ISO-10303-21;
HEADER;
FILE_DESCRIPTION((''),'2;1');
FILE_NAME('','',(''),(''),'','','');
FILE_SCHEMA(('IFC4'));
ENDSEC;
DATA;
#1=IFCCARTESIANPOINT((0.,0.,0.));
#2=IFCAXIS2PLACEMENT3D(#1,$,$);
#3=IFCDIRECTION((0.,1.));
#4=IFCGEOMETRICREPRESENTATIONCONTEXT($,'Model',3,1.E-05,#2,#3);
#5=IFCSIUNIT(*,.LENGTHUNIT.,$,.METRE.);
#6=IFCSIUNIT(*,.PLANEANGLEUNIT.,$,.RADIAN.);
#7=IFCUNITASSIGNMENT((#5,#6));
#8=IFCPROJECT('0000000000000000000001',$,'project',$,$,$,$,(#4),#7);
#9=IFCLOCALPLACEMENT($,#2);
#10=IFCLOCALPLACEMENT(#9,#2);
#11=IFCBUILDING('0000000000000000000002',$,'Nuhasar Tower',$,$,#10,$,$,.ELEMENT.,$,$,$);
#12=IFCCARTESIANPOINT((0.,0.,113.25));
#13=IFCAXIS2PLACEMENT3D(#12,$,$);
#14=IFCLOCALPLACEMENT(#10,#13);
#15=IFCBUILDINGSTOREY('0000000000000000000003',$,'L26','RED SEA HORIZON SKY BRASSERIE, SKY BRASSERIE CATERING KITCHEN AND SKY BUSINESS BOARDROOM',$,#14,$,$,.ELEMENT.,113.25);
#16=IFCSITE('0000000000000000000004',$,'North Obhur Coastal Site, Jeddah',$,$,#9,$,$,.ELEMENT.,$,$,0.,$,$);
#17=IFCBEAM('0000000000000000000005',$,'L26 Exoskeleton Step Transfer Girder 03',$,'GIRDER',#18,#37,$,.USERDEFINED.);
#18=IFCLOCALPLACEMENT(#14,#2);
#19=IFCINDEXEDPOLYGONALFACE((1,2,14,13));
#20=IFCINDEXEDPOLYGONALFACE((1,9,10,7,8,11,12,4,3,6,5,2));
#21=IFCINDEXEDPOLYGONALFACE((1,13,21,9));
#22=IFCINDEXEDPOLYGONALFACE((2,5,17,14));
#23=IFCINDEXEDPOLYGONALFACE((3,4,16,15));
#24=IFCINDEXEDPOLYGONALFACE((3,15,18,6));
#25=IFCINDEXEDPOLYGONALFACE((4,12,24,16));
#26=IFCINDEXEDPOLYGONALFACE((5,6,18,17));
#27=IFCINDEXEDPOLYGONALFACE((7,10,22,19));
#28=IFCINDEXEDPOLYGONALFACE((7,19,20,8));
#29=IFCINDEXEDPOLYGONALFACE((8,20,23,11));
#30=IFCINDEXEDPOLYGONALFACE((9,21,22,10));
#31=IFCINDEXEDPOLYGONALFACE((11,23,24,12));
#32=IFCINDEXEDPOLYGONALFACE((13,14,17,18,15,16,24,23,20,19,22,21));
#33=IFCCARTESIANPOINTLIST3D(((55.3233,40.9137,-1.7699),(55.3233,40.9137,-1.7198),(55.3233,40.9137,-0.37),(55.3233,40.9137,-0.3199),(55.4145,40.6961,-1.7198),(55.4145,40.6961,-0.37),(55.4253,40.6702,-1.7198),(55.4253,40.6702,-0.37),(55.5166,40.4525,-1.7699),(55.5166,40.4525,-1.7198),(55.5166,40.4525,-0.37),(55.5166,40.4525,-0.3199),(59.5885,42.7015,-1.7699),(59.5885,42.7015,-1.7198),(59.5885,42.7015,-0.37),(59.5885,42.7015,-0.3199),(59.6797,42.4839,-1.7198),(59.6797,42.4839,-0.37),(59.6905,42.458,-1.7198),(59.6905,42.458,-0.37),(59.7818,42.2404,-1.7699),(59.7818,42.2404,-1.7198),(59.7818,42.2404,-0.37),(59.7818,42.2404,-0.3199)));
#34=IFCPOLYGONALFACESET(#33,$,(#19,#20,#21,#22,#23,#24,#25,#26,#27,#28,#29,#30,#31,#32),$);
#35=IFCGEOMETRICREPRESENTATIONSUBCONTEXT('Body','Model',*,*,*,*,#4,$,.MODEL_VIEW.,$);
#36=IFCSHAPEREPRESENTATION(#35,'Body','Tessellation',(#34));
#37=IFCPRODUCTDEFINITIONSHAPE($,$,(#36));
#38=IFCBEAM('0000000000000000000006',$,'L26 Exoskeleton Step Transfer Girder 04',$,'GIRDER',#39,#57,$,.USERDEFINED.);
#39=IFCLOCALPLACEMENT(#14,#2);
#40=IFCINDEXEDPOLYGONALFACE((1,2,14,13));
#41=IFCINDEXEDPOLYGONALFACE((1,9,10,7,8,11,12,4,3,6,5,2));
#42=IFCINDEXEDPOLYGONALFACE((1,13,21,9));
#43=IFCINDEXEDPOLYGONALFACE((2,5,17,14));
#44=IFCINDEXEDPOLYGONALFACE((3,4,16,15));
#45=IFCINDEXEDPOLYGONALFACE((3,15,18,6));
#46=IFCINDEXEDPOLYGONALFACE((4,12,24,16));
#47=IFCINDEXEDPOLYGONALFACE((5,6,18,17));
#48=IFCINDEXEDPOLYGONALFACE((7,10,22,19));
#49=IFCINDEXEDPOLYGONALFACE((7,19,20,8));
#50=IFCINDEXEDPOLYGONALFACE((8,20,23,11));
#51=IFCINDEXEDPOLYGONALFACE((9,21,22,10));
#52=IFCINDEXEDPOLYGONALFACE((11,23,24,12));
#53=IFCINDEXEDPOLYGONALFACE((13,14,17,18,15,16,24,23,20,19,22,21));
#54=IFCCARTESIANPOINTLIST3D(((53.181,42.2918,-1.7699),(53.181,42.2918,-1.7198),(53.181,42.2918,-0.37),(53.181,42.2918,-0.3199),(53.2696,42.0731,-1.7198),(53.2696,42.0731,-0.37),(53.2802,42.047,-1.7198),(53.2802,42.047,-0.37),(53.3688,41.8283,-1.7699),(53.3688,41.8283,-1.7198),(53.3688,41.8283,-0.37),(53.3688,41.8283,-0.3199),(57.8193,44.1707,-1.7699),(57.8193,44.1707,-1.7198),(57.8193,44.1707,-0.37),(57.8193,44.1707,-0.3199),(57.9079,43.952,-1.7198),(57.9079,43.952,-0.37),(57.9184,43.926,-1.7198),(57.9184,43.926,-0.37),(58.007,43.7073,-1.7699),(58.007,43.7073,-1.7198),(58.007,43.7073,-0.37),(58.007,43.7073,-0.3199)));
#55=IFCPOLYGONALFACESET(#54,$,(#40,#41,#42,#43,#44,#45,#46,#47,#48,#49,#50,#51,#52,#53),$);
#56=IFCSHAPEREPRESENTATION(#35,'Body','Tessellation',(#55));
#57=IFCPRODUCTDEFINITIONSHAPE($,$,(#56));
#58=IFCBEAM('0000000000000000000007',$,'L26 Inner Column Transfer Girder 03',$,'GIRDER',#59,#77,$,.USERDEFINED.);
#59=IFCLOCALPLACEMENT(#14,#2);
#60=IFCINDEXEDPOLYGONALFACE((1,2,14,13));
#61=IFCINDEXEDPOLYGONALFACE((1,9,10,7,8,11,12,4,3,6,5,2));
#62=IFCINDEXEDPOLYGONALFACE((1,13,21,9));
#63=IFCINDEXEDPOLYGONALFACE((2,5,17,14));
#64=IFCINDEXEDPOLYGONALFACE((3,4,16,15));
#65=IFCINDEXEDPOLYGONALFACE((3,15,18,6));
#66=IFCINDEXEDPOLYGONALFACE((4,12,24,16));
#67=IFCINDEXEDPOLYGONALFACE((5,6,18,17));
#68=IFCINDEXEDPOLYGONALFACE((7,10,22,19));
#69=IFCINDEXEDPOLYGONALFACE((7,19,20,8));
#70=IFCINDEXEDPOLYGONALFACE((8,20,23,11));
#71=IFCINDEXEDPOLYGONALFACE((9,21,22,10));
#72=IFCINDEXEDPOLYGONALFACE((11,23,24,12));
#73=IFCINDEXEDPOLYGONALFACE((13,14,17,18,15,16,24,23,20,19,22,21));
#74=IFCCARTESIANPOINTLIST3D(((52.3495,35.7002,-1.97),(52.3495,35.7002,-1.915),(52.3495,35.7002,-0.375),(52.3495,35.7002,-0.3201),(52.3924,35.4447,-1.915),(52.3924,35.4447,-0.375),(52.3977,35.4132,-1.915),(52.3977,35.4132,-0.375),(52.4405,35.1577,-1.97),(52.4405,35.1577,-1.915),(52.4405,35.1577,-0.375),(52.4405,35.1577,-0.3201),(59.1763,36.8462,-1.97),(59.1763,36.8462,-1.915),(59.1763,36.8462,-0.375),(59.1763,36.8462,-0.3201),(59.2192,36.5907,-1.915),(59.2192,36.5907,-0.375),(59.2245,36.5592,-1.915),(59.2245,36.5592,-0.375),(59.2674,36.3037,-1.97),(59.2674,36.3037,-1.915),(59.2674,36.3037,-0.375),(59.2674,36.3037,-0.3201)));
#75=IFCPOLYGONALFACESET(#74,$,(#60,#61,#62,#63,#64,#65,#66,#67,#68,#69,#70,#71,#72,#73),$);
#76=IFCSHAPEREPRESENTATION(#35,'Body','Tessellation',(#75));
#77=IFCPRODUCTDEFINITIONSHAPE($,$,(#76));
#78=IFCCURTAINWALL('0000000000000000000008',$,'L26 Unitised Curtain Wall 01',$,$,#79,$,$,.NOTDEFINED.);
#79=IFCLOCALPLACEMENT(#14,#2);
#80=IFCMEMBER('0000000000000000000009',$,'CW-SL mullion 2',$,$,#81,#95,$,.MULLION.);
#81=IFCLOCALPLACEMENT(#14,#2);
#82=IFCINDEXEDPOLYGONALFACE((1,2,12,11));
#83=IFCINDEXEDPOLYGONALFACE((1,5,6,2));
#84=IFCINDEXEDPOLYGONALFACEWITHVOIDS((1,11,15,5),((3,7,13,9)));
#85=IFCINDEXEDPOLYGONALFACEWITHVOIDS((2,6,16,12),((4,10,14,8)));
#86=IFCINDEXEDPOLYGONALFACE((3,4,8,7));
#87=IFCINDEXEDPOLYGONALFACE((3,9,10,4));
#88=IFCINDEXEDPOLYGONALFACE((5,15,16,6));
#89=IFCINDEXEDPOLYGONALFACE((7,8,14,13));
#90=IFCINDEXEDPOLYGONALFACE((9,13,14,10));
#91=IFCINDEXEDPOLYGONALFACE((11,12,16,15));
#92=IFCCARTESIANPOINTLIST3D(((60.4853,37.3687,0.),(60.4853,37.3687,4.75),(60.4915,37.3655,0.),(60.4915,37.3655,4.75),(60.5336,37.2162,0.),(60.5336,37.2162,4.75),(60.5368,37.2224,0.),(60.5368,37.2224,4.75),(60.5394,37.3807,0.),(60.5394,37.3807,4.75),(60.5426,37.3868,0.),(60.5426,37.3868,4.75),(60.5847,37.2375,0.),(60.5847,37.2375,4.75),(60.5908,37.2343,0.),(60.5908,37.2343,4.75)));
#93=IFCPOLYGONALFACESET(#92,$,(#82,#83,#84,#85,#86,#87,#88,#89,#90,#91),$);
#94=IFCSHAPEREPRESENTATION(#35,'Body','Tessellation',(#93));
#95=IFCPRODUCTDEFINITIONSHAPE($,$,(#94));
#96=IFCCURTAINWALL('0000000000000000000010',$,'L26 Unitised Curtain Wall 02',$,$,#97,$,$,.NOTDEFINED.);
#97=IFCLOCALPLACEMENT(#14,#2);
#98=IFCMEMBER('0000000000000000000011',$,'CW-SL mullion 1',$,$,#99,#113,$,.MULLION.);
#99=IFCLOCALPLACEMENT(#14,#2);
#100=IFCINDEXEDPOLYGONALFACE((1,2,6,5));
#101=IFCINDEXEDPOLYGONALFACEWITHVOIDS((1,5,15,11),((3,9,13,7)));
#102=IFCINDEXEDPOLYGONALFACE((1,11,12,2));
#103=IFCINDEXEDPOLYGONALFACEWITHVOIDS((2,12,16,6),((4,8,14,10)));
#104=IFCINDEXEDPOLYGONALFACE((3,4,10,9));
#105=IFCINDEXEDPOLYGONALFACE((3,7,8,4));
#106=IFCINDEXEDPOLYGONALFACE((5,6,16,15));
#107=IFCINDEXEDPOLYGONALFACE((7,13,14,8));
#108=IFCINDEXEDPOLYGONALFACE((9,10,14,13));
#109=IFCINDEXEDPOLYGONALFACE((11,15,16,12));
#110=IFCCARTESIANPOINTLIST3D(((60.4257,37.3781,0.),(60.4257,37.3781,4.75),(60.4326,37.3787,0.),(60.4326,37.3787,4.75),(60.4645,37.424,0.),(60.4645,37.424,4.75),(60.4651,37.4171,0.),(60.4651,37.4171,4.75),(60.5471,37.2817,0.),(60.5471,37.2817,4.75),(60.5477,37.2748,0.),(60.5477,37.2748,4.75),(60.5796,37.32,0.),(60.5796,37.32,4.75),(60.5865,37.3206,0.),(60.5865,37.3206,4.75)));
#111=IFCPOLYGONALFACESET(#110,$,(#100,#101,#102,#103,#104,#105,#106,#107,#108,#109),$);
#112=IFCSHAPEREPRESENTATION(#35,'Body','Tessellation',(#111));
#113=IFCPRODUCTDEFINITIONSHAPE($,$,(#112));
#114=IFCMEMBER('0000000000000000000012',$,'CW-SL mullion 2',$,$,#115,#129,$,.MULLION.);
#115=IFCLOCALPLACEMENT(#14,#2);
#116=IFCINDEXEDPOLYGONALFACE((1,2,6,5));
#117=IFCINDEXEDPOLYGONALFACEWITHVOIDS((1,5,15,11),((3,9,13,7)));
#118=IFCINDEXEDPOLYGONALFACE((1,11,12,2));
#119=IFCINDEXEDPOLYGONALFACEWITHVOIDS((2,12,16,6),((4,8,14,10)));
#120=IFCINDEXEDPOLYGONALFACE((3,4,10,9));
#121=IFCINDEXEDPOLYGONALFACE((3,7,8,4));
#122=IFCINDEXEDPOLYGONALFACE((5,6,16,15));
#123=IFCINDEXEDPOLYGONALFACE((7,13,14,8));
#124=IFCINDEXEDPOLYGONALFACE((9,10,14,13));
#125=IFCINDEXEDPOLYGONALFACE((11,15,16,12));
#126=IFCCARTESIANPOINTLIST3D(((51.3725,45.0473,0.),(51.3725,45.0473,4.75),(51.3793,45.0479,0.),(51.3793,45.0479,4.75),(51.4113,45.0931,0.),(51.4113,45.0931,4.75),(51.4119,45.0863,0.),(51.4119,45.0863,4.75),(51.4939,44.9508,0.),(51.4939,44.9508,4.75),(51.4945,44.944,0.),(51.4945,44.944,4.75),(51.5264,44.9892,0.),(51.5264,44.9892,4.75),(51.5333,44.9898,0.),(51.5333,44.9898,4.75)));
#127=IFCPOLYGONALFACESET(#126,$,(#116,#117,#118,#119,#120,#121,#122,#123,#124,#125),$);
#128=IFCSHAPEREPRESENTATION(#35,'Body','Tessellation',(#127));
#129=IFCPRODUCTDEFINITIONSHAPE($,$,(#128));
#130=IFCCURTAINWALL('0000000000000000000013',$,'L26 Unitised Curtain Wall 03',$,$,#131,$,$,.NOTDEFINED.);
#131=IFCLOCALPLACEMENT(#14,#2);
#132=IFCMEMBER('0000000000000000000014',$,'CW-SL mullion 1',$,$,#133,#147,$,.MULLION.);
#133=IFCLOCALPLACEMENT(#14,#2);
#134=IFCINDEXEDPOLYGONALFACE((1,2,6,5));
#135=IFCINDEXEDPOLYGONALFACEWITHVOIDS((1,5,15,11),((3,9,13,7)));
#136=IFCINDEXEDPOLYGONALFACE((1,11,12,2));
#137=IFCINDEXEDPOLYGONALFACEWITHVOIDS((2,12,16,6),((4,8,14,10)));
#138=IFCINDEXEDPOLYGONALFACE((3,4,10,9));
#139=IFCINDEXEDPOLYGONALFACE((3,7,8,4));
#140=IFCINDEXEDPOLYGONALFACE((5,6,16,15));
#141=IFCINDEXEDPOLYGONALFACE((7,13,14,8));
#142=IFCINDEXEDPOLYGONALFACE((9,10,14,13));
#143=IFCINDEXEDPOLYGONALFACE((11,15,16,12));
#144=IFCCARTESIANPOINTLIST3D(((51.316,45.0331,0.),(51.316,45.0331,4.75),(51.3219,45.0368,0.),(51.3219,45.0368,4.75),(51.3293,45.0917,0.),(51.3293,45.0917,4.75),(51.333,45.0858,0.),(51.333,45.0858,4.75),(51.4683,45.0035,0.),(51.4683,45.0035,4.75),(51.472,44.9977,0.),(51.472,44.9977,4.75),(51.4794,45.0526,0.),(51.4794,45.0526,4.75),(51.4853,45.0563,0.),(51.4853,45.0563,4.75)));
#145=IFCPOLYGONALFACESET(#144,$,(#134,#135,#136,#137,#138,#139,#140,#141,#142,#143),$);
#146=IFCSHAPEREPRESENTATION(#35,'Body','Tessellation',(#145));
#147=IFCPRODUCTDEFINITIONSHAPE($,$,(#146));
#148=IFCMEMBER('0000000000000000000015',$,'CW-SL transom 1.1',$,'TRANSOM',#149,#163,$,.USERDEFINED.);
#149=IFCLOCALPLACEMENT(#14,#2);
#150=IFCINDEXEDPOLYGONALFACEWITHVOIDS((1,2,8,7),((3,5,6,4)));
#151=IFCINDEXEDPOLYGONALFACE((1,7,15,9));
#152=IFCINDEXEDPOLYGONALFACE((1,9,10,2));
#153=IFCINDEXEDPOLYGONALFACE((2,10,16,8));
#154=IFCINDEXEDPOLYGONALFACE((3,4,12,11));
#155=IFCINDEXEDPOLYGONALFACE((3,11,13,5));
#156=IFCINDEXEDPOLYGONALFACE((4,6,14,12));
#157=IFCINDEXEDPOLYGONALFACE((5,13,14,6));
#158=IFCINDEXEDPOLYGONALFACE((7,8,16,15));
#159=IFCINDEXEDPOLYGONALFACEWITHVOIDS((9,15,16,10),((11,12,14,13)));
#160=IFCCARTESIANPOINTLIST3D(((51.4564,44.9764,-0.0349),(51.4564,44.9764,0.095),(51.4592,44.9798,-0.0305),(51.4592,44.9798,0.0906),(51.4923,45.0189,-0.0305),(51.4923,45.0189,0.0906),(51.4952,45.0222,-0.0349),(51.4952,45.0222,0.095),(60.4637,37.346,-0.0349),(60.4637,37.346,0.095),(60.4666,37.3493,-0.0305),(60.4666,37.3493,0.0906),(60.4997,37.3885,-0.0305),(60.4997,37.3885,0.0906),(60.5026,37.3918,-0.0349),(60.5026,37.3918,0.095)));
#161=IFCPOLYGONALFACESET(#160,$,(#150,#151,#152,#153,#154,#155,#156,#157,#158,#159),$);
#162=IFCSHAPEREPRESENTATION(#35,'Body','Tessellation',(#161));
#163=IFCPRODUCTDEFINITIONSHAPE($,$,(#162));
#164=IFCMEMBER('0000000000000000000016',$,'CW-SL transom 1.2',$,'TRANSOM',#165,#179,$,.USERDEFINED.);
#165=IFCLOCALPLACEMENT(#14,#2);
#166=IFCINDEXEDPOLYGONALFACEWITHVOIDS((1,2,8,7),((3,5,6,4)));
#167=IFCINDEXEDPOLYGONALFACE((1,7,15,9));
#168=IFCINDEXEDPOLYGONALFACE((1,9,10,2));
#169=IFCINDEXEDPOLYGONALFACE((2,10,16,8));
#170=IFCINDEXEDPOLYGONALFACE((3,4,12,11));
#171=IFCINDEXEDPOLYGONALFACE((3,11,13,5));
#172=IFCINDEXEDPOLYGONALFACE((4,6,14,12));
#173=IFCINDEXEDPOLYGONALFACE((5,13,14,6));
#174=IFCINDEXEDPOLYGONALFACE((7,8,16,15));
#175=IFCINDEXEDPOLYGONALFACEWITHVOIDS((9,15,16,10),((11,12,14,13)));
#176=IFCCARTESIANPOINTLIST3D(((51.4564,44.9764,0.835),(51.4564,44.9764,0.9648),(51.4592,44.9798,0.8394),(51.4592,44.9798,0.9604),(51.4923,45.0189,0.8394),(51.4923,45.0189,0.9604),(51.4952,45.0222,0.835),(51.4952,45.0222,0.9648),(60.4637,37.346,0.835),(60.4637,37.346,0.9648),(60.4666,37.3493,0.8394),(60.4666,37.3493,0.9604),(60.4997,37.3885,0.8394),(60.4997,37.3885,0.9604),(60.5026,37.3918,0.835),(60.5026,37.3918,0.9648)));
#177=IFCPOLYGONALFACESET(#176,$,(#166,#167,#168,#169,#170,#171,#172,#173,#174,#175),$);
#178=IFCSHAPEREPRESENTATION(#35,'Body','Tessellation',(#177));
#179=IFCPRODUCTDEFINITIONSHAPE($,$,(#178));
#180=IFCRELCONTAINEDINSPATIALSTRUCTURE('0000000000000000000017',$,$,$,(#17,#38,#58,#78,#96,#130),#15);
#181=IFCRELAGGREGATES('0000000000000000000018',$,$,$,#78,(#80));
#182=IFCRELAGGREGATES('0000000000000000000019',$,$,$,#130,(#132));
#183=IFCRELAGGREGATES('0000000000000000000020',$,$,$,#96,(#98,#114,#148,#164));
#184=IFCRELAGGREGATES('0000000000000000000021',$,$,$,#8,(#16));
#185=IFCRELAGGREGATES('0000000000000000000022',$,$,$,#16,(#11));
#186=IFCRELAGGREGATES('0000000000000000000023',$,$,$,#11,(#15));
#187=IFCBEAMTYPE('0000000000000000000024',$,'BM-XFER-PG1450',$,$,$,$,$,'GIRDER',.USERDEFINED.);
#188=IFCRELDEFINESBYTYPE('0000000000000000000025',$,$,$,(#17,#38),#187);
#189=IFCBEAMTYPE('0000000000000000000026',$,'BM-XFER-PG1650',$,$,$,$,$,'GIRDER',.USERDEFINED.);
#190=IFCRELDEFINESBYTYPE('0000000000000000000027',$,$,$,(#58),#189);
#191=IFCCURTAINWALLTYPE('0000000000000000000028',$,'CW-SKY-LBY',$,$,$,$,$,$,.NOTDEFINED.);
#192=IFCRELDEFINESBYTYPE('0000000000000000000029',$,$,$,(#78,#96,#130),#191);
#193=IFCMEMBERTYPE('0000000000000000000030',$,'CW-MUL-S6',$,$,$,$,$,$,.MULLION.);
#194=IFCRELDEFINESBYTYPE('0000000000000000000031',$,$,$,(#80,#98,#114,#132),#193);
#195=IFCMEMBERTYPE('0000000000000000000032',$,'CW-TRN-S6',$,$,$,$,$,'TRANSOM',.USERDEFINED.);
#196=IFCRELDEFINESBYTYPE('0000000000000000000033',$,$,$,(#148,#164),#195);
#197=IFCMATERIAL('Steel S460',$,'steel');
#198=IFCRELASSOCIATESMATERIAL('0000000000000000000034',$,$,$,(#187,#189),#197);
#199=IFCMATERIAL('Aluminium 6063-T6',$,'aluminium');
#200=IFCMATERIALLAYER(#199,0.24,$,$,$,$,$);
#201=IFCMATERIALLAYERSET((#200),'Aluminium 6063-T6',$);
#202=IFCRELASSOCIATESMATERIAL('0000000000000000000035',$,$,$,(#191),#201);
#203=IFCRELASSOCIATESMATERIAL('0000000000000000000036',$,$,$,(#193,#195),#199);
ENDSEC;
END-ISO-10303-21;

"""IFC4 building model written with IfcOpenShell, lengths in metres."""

from ifc_helpers import new_model, si_unit, direction, frame, origin, origin_2d, place, context, subcontext, project, spatial, hollow_rectangle, i_section, extrude, material, layer, layer_set, material_profile, profile_set, type_object, element, aggregate, save


model = new_model("IFC4")

# Units and contexts
model_context = context("Model", 3, precision=1e-05, world=origin(), true_north=direction((0.0, 1.0)))
body_context = subcontext(model_context, "Body", "Model", "MODEL_VIEW")
ifc_project = project(units=[si_unit("LENGTHUNIT", "METRE"), si_unit("PLANEANGLEUNIT", "RADIAN")], contexts=[model_context])

# Site, building, storey
site_placement = place(None, origin())
site = spatial("IfcSite", under=ifc_project, at=site_placement, Name="North Obhur Coastal Site, Jeddah", CompositionType="ELEMENT", RefElevation=0.0)
building_placement = place(site_placement, origin())
building = spatial("IfcBuilding", under=site, at=building_placement, Name="Nuhasar Tower", CompositionType="ELEMENT")
storey_placement = place(building_placement, frame((0.0, 0.0, 113.25)))
storey = spatial("IfcBuildingStorey", under=building, at=storey_placement, Name="L26", Description="RED SEA HORIZON SKY BRASSERIE, SKY BRASSERIE CATERING KITCHEN AND SKY BUSINESS BOARDROOM", CompositionType="ELEMENT", Elevation=113.25)

# Beams
ifc_material_1 = material(Name="Steel S460", Category="steel")
ifc_material_profile_1 = material_profile(ifc_material_1, i_section(OverallWidth=0.5, OverallDepth=1.45, WebThickness=0.0281, FlangeThickness=0.05, at=origin_2d()), Name="PG1450X500")
ifc_profile_set_1 = profile_set([ifc_material_profile_1], Name="Steel S460")
beam_type_1 = type_object("IfcBeamType", Name="BM-XFER-PG1450", ElementType="GIRDER", PredefinedType="USERDEFINED", material=ifc_profile_set_1)
beam_1_placement = place(storey_placement, frame((55.4199, 40.6831, -1.0449), z_axis=(0.922253, 0.386586, 0.0), x_axis=(-0.386586, 0.922253, 0.0)))
element("IfcBeam", 1, at=beam_1_placement, inside=storey, type_object=beam_type_1, Name="L26 Exoskeleton Step Transfer Girder 03", ObjectType="GIRDER", PredefinedType="USERDEFINED", context=body_context, shape_type="SweptSolid", body=[
    extrude(i_section(OverallWidth=0.5, OverallDepth=1.45, WebThickness=0.0281, FlangeThickness=0.05, at=origin_2d()), origin(), (0.0, 0.0, 1.0), 4.6248),
])
beam_2_placement = place(storey_placement, frame((53.2749, 42.0601, -1.0449), z_axis=(0.926839, 0.375458, 0.0), x_axis=(-0.375458, 0.926839, 0.0)))
element("IfcBeam", 2, at=beam_2_placement, inside=storey, type_object=beam_type_1, Name="L26 Exoskeleton Step Transfer Girder 04", ObjectType="GIRDER", PredefinedType="USERDEFINED", context=body_context, shape_type="SweptSolid", body=[
    extrude(i_section(OverallWidth=0.5, OverallDepth=1.45, WebThickness=0.0281, FlangeThickness=0.05, at=origin_2d()), origin(), (0.0, 0.0, 1.0), 5.0044),
])
ifc_material_profile_2 = material_profile(ifc_material_1, i_section(OverallWidth=0.55, OverallDepth=1.6499, WebThickness=0.032, FlangeThickness=0.0549, at=origin_2d()), Name="PG1650X550")
ifc_profile_set_2 = profile_set([ifc_material_profile_2], Name="Steel S460")
beam_type_2 = type_object("IfcBeamType", Name="BM-XFER-PG1650", ElementType="GIRDER", PredefinedType="USERDEFINED", material=ifc_profile_set_2)
beam_3_placement = place(storey_placement, frame((52.395, 35.429, -1.145), z_axis=(0.986202, 0.165548, 0.0), x_axis=(-0.165548, 0.986202, 0.0)))
element("IfcBeam", 3, at=beam_3_placement, inside=storey, type_object=beam_type_2, Name="L26 Inner Column Transfer Girder 03", ObjectType="GIRDER", PredefinedType="USERDEFINED", context=body_context, shape_type="SweptSolid", body=[
    extrude(i_section(OverallWidth=0.55, OverallDepth=1.6499, WebThickness=0.032, FlangeThickness=0.0549, at=origin_2d()), origin(), (0.0, 0.0, 1.0), 6.9224),
])

# Curtain wall, member
ifc_material_2 = material(Name="Aluminium 6063-T6", Category="aluminium")
ifc_layer_1 = layer(ifc_material_2, 0.24)
ifc_layer_set_1 = layer_set([ifc_layer_1], Name="Aluminium 6063-T6")
curtain_wall_type = type_object("IfcCurtainWallType", Name="CW-SKY-LBY", PredefinedType="NOTDEFINED", material=ifc_layer_set_1)
curtain_wall_1_placement = place(storey_placement, origin())
curtain_wall_1 = element("IfcCurtainWall", 4, at=curtain_wall_1_placement, inside=storey, type_object=curtain_wall_type, Name="L26 Unitised Curtain Wall 01", PredefinedType="NOTDEFINED")
ifc_material_profile_3 = material_profile(ifc_material_2, hollow_rectangle(XDim=0.0601, YDim=0.1599, WallThickness=0.0049, at=origin_2d()), Name="CWM-6")
ifc_profile_set_3 = profile_set([ifc_material_profile_3], Name="Aluminium 6063-T6")
member_type_1 = type_object("IfcMemberType", Name="CW-MUL-S6", PredefinedType="MULLION", material=ifc_profile_set_3)
member_1_placement = place(storey_placement, frame((60.5381, 37.3015, 0.0), z_axis=(0.0, 0.0, 1.0), x_axis=(-0.953433, -0.301604, 0.0)))
member_1 = element("IfcMember", 5, at=member_1_placement, type_object=member_type_1, Name="CW-SL mullion 2", PredefinedType="MULLION", context=body_context, shape_type="SweptSolid", body=[
    extrude(hollow_rectangle(XDim=0.0601, YDim=0.1599, WallThickness=0.0049, at=origin_2d()), origin(), (0.0, 0.0, 1.0), 4.75),
])
aggregate(curtain_wall_1, [member_1])

# Curtain wall, members
curtain_wall_2_placement = place(storey_placement, origin())
curtain_wall_2 = element("IfcCurtainWall", 6, at=curtain_wall_2_placement, inside=storey, type_object=curtain_wall_type, Name="L26 Unitised Curtain Wall 02", PredefinedType="NOTDEFINED")
member_2_placement = place(storey_placement, frame((60.5061, 37.3494, 0.0), z_axis=(0.0, 0.0, 1.0), x_axis=(-0.646374, -0.76302, 0.0)))
member_2 = element("IfcMember", 7, at=member_2_placement, type_object=member_type_1, Name="CW-SL mullion 1", PredefinedType="MULLION", context=body_context, shape_type="SweptSolid", body=[
    extrude(hollow_rectangle(XDim=0.0601, YDim=0.1599, WallThickness=0.0049, at=origin_2d()), origin(), (0.0, 0.0, 1.0), 4.75),
])
member_3_placement = place(storey_placement, frame((51.4529, 45.0186, 0.0), z_axis=(0.0, 0.0, 1.0), x_axis=(-0.646374, -0.76302, 0.0)))
member_3 = element("IfcMember", 8, at=member_3_placement, type_object=member_type_1, Name="CW-SL mullion 2", PredefinedType="MULLION", context=body_context, shape_type="SweptSolid", body=[
    extrude(hollow_rectangle(XDim=0.0601, YDim=0.1599, WallThickness=0.0049, at=origin_2d()), origin(), (0.0, 0.0, 1.0), 4.75),
])

# Curtain wall, member
curtain_wall_3_placement = place(storey_placement, origin())
curtain_wall_3 = element("IfcCurtainWall", 9, at=curtain_wall_3_placement, inside=storey, type_object=curtain_wall_type, Name="L26 Unitised Curtain Wall 03", PredefinedType="NOTDEFINED")
member_4_placement = place(storey_placement, frame((51.4006, 45.0447, 0.0), z_axis=(0.0, 0.0, 1.0), x_axis=(-0.221397, -0.975184, 0.0)))
member_4 = element("IfcMember", 10, at=member_4_placement, type_object=member_type_1, Name="CW-SL mullion 1", PredefinedType="MULLION", context=body_context, shape_type="SweptSolid", body=[
    extrude(hollow_rectangle(XDim=0.0601, YDim=0.1599, WallThickness=0.0049, at=origin_2d()), origin(), (0.0, 0.0, 1.0), 4.75),
])

# Members
ifc_material_profile_4 = material_profile(ifc_material_2, hollow_rectangle(XDim=0.0601, YDim=0.1299, WallThickness=0.0044, at=origin_2d()), Name="CWT-6")
ifc_profile_set_4 = profile_set([ifc_material_profile_4], Name="Aluminium 6063-T6")
member_type_2 = type_object("IfcMemberType", Name="CW-TRN-S6", ElementType="TRANSOM", PredefinedType="USERDEFINED", material=ifc_profile_set_4)
member_5_placement = place(storey_placement, frame((60.4832, 37.3689, 0.03), z_axis=(-0.763019, 0.646376, 0.0), x_axis=(-0.646376, -0.763019, 0.0)))
member_5 = element("IfcMember", 11, at=member_5_placement, type_object=member_type_2, Name="CW-SL transom 1.1", ObjectType="TRANSOM", PredefinedType="USERDEFINED", context=body_context, shape_type="SweptSolid", body=[
    extrude(hollow_rectangle(XDim=0.0601, YDim=0.1299, WallThickness=0.0044, at=origin_2d()), origin(), (0.0, 0.0, 1.0), 11.8049),
])
member_6_placement = place(storey_placement, frame((60.4832, 37.3689, 0.8999), z_axis=(-0.763019, 0.646376, 0.0), x_axis=(-0.646376, -0.763019, 0.0)))
member_6 = element("IfcMember", 12, at=member_6_placement, type_object=member_type_2, Name="CW-SL transom 1.2", ObjectType="TRANSOM", PredefinedType="USERDEFINED", context=body_context, shape_type="SweptSolid", body=[
    extrude(hollow_rectangle(XDim=0.0601, YDim=0.1299, WallThickness=0.0044, at=origin_2d()), origin(), (0.0, 0.0, 1.0), 11.8049),
])
aggregate(curtain_wall_3, [member_4])

aggregate(curtain_wall_2, [member_2, member_3, member_5, member_6])

save(model, "model.ifc")
